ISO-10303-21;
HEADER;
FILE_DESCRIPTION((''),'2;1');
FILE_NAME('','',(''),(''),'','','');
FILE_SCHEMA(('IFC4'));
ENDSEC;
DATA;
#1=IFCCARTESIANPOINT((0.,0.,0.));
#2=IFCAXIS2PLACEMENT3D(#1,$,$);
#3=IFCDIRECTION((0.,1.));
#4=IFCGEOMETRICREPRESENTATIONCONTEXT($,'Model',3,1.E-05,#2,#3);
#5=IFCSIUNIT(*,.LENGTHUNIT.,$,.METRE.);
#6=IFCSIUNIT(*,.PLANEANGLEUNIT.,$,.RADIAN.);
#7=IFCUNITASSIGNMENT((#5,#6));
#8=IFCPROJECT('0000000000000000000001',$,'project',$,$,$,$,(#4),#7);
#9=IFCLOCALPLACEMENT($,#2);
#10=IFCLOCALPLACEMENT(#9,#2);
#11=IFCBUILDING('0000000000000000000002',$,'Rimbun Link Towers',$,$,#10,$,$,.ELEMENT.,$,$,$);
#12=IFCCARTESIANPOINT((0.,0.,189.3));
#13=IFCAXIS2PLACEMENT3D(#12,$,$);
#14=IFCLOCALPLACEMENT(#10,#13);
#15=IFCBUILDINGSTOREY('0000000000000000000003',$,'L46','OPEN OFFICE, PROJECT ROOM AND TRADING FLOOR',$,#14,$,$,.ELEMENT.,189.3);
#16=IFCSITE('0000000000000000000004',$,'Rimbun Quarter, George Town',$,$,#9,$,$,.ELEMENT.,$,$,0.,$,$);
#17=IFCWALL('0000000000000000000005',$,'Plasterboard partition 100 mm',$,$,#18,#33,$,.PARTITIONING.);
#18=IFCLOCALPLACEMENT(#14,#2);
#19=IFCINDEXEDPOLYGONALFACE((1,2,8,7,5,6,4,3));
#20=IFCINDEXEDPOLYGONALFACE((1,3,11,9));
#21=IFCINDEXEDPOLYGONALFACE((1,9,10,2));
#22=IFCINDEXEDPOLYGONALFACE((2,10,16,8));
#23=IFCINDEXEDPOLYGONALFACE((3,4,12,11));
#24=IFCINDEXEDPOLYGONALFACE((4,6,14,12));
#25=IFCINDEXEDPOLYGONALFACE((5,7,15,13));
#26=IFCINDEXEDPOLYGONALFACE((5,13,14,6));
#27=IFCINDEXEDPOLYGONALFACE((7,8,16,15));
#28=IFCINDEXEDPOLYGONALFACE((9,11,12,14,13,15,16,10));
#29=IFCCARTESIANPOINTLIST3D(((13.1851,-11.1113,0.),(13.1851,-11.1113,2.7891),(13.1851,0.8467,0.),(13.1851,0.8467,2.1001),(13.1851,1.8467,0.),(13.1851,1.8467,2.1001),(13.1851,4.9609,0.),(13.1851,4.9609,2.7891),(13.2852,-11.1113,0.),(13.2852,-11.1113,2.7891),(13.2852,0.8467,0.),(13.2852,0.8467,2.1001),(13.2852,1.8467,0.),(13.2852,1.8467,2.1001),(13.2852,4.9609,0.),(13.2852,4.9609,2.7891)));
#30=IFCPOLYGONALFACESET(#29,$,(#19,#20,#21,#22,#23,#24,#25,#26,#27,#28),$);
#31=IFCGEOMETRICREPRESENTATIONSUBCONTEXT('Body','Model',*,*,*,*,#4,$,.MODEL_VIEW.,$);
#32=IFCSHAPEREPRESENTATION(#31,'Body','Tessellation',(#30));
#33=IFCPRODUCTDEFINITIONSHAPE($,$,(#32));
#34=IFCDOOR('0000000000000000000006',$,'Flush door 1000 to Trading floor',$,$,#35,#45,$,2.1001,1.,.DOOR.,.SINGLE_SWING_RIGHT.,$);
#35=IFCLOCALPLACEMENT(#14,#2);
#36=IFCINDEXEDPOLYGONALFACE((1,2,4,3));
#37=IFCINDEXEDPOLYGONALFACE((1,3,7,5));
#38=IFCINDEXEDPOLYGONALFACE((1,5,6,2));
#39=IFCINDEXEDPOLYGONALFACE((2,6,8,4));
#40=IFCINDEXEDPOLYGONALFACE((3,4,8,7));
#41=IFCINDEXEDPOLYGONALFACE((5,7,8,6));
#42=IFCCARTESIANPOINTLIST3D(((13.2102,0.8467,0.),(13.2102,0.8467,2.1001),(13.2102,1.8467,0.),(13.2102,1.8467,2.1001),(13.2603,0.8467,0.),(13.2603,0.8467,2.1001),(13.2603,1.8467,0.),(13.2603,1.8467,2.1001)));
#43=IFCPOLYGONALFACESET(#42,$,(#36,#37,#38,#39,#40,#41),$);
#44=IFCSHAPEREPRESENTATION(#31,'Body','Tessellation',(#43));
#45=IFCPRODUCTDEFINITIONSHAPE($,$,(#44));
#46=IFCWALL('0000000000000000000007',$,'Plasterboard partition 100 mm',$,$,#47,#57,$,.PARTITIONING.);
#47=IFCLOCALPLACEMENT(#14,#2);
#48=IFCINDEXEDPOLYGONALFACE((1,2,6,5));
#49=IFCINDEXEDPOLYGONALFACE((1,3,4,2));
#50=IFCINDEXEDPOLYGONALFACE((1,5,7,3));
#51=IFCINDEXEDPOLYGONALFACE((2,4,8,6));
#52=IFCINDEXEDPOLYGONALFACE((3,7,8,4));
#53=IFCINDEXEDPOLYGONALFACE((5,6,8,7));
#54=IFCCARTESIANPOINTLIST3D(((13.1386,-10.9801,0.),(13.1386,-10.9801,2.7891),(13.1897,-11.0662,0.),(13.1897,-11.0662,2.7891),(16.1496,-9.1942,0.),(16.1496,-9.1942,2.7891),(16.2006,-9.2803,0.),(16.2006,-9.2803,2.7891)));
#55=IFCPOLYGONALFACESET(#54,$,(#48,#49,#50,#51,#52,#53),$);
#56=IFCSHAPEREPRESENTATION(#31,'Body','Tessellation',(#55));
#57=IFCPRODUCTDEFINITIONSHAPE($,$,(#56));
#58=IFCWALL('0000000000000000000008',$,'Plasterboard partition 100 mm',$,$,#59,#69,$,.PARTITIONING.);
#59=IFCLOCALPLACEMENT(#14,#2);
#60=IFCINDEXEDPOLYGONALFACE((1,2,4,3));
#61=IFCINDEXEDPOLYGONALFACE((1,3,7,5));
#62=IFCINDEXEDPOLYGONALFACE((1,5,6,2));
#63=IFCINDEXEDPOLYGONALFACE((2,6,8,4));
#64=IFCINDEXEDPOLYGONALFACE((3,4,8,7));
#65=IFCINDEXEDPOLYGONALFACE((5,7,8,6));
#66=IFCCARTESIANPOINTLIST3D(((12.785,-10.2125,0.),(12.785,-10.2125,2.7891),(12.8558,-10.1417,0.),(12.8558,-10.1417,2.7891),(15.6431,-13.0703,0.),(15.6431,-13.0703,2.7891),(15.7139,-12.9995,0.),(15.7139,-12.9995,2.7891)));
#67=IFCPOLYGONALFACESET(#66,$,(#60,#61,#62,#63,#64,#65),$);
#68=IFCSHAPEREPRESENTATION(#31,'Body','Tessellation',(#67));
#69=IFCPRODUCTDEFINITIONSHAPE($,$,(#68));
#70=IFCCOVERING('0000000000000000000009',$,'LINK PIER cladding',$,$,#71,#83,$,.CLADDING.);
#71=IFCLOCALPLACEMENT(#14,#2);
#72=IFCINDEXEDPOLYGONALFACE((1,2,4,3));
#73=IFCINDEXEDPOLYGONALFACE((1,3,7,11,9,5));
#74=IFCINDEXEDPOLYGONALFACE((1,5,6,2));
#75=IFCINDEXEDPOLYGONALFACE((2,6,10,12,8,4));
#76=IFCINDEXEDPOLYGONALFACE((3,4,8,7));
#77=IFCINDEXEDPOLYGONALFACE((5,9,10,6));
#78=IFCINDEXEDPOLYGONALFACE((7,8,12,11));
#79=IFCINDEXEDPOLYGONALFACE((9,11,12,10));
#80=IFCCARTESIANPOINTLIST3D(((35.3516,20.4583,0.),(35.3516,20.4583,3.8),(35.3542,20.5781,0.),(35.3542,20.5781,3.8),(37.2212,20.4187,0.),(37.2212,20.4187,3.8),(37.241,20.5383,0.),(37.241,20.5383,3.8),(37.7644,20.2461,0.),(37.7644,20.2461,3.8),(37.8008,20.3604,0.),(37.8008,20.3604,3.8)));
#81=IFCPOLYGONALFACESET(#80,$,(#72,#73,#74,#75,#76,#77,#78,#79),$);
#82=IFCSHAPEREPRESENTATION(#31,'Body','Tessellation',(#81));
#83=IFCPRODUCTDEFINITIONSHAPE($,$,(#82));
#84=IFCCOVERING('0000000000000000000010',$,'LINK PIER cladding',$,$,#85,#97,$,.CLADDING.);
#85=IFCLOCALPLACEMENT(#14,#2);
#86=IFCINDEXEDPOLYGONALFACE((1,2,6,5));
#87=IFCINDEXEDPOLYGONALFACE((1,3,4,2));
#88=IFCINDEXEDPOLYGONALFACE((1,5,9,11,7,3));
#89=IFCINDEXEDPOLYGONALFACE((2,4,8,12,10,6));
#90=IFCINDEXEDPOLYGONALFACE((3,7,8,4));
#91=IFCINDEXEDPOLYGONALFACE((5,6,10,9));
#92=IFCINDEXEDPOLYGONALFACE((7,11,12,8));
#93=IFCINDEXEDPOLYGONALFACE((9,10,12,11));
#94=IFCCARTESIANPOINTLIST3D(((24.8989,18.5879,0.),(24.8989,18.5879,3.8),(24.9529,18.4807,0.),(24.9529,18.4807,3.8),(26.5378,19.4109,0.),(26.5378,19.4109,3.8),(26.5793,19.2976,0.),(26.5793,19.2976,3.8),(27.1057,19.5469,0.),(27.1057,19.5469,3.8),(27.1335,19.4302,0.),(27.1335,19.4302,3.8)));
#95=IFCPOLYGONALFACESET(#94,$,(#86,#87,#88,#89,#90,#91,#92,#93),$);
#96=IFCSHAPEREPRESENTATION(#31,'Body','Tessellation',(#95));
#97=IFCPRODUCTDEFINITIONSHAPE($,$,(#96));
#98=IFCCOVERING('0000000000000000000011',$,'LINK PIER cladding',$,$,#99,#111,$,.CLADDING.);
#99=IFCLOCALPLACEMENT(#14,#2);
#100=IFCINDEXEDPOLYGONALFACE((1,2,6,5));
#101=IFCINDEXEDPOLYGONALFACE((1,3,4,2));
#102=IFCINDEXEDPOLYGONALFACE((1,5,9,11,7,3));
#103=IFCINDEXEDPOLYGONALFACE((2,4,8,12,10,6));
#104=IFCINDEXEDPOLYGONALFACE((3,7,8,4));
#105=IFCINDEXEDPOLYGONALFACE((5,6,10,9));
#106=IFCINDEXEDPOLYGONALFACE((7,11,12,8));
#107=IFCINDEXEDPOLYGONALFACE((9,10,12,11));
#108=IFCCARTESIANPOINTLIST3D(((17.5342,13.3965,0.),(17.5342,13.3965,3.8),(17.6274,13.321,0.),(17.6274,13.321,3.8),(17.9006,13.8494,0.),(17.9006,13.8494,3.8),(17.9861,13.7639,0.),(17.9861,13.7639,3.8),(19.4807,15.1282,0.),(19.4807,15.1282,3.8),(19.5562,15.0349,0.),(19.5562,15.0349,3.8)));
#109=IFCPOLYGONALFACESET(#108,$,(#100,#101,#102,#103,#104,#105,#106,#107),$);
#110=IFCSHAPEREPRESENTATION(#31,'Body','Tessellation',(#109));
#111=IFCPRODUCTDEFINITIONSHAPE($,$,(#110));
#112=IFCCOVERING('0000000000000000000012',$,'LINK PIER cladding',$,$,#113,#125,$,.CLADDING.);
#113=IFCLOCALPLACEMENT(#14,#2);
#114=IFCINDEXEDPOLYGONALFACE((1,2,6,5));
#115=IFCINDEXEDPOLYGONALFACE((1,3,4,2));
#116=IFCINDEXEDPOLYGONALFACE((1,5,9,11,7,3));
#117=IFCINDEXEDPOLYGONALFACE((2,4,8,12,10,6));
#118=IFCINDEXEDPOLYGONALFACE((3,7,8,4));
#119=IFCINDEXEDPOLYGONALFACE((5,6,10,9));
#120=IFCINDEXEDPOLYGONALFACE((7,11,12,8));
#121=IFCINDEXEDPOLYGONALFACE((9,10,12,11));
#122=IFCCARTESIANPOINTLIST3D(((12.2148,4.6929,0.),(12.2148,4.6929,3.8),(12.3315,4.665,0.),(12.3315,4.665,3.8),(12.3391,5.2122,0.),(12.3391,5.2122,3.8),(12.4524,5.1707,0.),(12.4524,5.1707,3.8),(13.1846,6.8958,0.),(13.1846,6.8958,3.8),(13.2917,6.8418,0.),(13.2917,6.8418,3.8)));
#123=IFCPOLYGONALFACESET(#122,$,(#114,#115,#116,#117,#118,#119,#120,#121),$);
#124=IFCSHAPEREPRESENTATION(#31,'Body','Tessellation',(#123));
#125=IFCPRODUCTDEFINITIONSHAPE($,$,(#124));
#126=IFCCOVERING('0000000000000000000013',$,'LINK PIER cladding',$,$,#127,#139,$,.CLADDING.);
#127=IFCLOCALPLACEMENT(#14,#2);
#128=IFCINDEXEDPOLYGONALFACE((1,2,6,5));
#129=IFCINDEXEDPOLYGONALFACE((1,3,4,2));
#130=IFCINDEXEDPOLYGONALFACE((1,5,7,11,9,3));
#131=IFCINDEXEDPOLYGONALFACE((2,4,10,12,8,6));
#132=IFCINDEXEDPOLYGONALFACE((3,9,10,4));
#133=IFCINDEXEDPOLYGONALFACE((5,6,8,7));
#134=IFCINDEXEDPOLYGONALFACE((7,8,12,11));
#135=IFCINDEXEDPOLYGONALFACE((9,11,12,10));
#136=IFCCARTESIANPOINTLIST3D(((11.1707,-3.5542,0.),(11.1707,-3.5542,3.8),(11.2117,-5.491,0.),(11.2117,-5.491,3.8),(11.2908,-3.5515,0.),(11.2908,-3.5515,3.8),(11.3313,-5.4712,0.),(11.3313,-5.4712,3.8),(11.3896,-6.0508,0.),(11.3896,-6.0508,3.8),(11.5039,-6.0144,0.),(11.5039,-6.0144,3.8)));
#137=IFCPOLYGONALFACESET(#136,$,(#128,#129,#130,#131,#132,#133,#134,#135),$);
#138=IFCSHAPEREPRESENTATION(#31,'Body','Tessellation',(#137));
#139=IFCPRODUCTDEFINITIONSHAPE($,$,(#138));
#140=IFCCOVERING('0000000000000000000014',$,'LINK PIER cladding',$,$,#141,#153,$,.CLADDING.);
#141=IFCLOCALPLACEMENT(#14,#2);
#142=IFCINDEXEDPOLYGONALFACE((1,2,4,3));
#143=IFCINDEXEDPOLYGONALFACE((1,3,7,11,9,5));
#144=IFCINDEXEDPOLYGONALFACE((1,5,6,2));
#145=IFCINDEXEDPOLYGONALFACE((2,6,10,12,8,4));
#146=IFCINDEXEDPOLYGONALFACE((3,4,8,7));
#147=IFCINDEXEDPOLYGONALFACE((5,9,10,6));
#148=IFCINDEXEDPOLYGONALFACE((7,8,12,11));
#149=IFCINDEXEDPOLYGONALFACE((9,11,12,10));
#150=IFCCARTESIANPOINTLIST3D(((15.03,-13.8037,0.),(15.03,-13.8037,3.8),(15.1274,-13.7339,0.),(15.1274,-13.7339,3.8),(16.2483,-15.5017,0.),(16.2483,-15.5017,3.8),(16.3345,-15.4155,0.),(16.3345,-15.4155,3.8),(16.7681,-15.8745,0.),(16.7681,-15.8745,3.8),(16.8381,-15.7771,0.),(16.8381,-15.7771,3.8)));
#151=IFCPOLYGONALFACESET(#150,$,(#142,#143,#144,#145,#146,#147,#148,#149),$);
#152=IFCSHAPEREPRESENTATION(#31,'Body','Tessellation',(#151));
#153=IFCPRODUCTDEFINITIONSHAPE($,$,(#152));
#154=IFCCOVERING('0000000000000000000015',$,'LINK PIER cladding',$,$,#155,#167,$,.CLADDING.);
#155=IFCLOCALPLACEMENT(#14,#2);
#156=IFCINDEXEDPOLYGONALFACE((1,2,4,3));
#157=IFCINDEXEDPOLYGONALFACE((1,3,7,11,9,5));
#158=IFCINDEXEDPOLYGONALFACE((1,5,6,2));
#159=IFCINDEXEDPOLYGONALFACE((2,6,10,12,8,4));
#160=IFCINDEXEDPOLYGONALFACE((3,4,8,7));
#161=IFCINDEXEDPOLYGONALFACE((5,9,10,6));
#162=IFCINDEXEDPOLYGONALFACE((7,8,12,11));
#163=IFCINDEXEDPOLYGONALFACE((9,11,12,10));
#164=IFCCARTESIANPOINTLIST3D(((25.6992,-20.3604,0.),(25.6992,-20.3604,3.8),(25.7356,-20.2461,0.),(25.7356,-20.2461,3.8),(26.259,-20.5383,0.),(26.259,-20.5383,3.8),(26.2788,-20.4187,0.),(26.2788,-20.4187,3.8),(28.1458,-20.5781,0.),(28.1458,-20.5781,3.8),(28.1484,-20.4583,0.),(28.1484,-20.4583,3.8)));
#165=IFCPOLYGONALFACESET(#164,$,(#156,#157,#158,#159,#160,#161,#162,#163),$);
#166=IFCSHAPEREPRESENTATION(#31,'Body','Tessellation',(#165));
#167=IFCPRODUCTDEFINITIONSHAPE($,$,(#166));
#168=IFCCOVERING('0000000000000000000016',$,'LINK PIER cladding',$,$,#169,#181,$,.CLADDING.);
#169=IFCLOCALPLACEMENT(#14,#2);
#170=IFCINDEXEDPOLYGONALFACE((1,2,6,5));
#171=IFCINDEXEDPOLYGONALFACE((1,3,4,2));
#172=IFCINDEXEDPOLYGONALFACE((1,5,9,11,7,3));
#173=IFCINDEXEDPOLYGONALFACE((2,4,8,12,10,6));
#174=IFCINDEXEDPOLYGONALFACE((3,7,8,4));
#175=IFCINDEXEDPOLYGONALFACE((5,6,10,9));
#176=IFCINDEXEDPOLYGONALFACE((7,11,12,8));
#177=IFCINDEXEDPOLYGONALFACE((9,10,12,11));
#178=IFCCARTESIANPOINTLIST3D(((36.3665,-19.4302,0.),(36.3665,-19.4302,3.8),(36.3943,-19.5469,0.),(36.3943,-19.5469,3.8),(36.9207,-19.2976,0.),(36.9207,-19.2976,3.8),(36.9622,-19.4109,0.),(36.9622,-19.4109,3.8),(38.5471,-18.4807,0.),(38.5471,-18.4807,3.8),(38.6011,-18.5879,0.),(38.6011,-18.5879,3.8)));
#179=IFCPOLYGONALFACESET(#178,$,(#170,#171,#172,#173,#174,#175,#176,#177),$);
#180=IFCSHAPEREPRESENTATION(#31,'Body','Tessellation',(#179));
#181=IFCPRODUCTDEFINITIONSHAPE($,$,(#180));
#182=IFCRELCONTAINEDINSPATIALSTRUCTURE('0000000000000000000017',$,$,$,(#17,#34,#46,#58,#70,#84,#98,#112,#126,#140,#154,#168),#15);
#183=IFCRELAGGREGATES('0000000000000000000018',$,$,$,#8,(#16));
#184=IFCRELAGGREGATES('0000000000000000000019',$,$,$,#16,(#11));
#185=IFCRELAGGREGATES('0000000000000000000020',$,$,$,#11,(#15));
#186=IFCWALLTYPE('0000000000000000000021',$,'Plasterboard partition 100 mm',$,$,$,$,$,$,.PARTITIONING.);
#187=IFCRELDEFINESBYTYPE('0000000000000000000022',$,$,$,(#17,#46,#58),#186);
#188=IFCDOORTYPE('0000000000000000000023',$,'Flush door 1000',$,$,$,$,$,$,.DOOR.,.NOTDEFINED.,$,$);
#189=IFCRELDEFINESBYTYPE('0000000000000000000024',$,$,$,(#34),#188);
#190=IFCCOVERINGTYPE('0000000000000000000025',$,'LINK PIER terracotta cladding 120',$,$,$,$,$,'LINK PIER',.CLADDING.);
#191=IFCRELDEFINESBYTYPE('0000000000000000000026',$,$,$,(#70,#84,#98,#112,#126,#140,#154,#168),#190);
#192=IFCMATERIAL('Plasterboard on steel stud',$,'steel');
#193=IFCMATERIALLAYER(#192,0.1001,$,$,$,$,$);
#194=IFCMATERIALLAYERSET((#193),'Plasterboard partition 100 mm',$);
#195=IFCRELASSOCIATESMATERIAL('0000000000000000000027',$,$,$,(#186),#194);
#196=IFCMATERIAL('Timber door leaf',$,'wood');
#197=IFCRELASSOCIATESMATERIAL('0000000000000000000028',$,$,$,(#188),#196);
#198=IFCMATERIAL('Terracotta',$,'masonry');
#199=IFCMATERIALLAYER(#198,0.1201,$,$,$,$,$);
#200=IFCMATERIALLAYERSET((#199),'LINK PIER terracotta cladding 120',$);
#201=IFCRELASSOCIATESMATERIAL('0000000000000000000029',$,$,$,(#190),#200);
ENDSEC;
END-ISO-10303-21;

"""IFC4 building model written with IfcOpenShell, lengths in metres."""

from ifc_helpers import new_model, si_unit, direction, frame, frame_2d, origin, place, context, subcontext, project, spatial, polyline, rectangle, outline, extrude, material, layer, layer_set, type_object, element, fill, save


model = new_model("IFC4")

# Units and contexts
model_context = context("Model", 3, precision=1e-05, world=origin(), true_north=direction((0.0, 1.0)))
body_context = subcontext(model_context, "Body", "Model", "MODEL_VIEW")
ifc_project = project(units=[si_unit("LENGTHUNIT", "METRE"), si_unit("PLANEANGLEUNIT", "RADIAN")], contexts=[model_context])

# Site, building, storey
site_placement = place(None, origin())
site = spatial("IfcSite", under=ifc_project, at=site_placement, Name="Rimbun Quarter, George Town", CompositionType="ELEMENT", RefElevation=0.0)
building_placement = place(site_placement, origin())
building = spatial("IfcBuilding", under=site, at=building_placement, Name="Rimbun Link Towers", CompositionType="ELEMENT")
storey_placement = place(building_placement, frame((0.0, 0.0, 189.3)))
storey = spatial("IfcBuildingStorey", under=building, at=storey_placement, Name="L46", Description="OPEN OFFICE, PROJECT ROOM AND TRADING FLOOR", CompositionType="ELEMENT", Elevation=189.3)

# Wall, opening, door
ifc_material_1 = material(Name="Plasterboard on steel stud", Category="steel")
ifc_layer_1 = layer(ifc_material_1, 0.1001)
ifc_layer_set_1 = layer_set([ifc_layer_1], Name="Plasterboard partition 100 mm")
wall_type = type_object("IfcWallType", Name="Plasterboard partition 100 mm", PredefinedType="PARTITIONING", material=ifc_layer_set_1)
wall_1_placement = place(storey_placement, frame((13.2351, -11.1113, 0.0), z_axis=(0.0, 0.0, 1.0), x_axis=(0.0, 1.0, 0.0)))
wall_1 = element("IfcWall", 1, at=wall_1_placement, inside=storey, type_object=wall_type, Name="Plasterboard partition 100 mm", PredefinedType="PARTITIONING", context=body_context, shape_type="SweptSolid", body=[
    extrude(rectangle(XDim=16.0723, YDim=0.1001, at=frame_2d((8.0361, 0.0))), origin(), (0.0, 0.0, 1.0), 2.7891),
])
opening_placement = place(wall_1_placement, frame((11.958, 0.0, 0.0)))
opening = element("IfcOpeningElement", 2, at=opening_placement, cuts=wall_1, PredefinedType="OPENING", context=body_context, shape_type="SweptSolid", body=[
    extrude(rectangle(XDim=1.0, YDim=2.1001, at=frame_2d((0.5, 1.05))), frame((0.0, 0.0601, 0.0), z_axis=(0.0, -1.0, 0.0), x_axis=(1.0, 0.0, 0.0)), (0.0, 0.0, 1.0), 0.1201),
])
ifc_material_2 = material(Name="Timber door leaf", Category="wood")
door_type = type_object("IfcDoorType", Name="Flush door 1000", OperationType="NOTDEFINED", PredefinedType="DOOR", material=ifc_material_2)
door_placement = place(opening_placement, origin())
door = element("IfcDoor", 3, at=door_placement, inside=storey, type_object=door_type, Name="Flush door 1000 to Trading floor", OperationType="SINGLE_SWING_RIGHT", OverallHeight=2.1001, OverallWidth=1.0, PredefinedType="DOOR", context=body_context, shape_type="SweptSolid", body=[
    extrude(rectangle(XDim=1.0, YDim=2.1001, at=frame_2d((0.5, 1.05))), frame((0.0, 0.0249, 0.0), z_axis=(0.0, -1.0, 0.0), x_axis=(1.0, 0.0, 0.0)), (0.0, 0.0, 1.0), 0.05),
])
fill(opening, door)

# Walls
wall_2_placement = place(storey_placement, frame((13.1641, -11.0232, 0.0), z_axis=(0.0, 0.0, 1.0), x_axis=(0.860091, 0.510141, 0.0)))
element("IfcWall", 4, at=wall_2_placement, inside=storey, type_object=wall_type, Name="Plasterboard partition 100 mm", PredefinedType="PARTITIONING", context=body_context, shape_type="SweptSolid", body=[
    extrude(rectangle(XDim=3.5007, YDim=0.1001, at=frame_2d((1.7505, 0.0))), origin(), (0.0, 0.0, 1.0), 2.7891),
])
wall_3_placement = place(storey_placement, frame((12.8203, -10.177, 0.0), z_axis=(0.0, 0.0, 1.0), x_axis=(0.707137, -0.707077, 0.0)))
element("IfcWall", 5, at=wall_3_placement, inside=storey, type_object=wall_type, Name="Plasterboard partition 100 mm", PredefinedType="PARTITIONING", context=body_context, shape_type="SweptSolid", body=[
    extrude(rectangle(XDim=4.0417, YDim=0.1001, at=frame_2d((2.021, 0.0))), origin(), (0.0, 0.0, 1.0), 2.7891),
])

# Coverings
ifc_material_3 = material(Name="Terracotta", Category="masonry")
ifc_layer_2 = layer(ifc_material_3, 0.1201)
ifc_layer_set_2 = layer_set([ifc_layer_2], Name="LINK PIER terracotta cladding 120")
covering_type_1 = type_object("IfcCoveringType", Name="LINK PIER terracotta cladding 120", ElementType="LINK PIER", PredefinedType="CLADDING", material=ifc_layer_set_2)
covering_1_placement = place(storey_placement, origin())
element("IfcCovering", 6, at=covering_1_placement, inside=storey, type_object=covering_type_1, Name="LINK PIER cladding", PredefinedType="CLADDING", context=body_context, shape_type="SweptSolid", body=[
    extrude(outline(polyline([(35.3516, 20.4583), (37.2212, 20.4187), (37.7644, 20.2461), (37.8008, 20.3604), (37.241, 20.5383), (35.3542, 20.5781), (35.3516, 20.4583)])), origin(), (0.0, 0.0, 1.0), 3.8),
])
covering_2_placement = place(storey_placement, origin())
element("IfcCovering", 7, at=covering_2_placement, inside=storey, type_object=covering_type_1, Name="LINK PIER cladding", PredefinedType="CLADDING", context=body_context, shape_type="SweptSolid", body=[
    extrude(outline(polyline([(24.9529, 18.4807), (26.5793, 19.2976), (27.1335, 19.4302), (27.1057, 19.5469), (26.5378, 19.4109), (24.8989, 18.5879), (24.9529, 18.4807)])), origin(), (0.0, 0.0, 1.0), 3.8),
])
covering_3_placement = place(storey_placement, origin())
element("IfcCovering", 8, at=covering_3_placement, inside=storey, type_object=covering_type_1, Name="LINK PIER cladding", PredefinedType="CLADDING", context=body_context, shape_type="SweptSolid", body=[
    extrude(outline(polyline([(17.6274, 13.321), (17.9861, 13.7639), (19.5562, 15.0349), (19.4807, 15.1282), (17.9006, 13.8494), (17.5342, 13.3965), (17.6274, 13.321)])), origin(), (0.0, 0.0, 1.0), 3.8),
])
covering_4_placement = place(storey_placement, origin())
element("IfcCovering", 9, at=covering_4_placement, inside=storey, type_object=covering_type_1, Name="LINK PIER cladding", PredefinedType="CLADDING", context=body_context, shape_type="SweptSolid", body=[
    extrude(outline(polyline([(12.3315, 4.665), (12.4524, 5.1707), (13.2917, 6.8418), (13.1846, 6.8958), (12.3391, 5.2122), (12.2148, 4.6929), (12.3315, 4.665)])), origin(), (0.0, 0.0, 1.0), 3.8),
])
covering_5_placement = place(storey_placement, origin())
element("IfcCovering", 10, at=covering_5_placement, inside=storey, type_object=covering_type_1, Name="LINK PIER cladding", PredefinedType="CLADDING", context=body_context, shape_type="SweptSolid", body=[
    extrude(outline(polyline([(11.5039, -6.0144), (11.3313, -5.4712), (11.2908, -3.5515), (11.1707, -3.5542), (11.2117, -5.491), (11.3896, -6.0508), (11.5039, -6.0144)])), origin(), (0.0, 0.0, 1.0), 3.8),
])
covering_6_placement = place(storey_placement, origin())
element("IfcCovering", 11, at=covering_6_placement, inside=storey, type_object=covering_type_1, Name="LINK PIER cladding", PredefinedType="CLADDING", context=body_context, shape_type="SweptSolid", body=[
    extrude(outline(polyline([(16.8381, -15.7771), (16.3345, -15.4155), (15.1274, -13.7339), (15.03, -13.8037), (16.2483, -15.5017), (16.7681, -15.8745), (16.8381, -15.7771)])), origin(), (0.0, 0.0, 1.0), 3.8),
])
covering_7_placement = place(storey_placement, origin())
element("IfcCovering", 12, at=covering_7_placement, inside=storey, type_object=covering_type_1, Name="LINK PIER cladding", PredefinedType="CLADDING", context=body_context, shape_type="SweptSolid", body=[
    extrude(outline(polyline([(28.1484, -20.4583), (26.2788, -20.4187), (25.7356, -20.2461), (25.6992, -20.3604), (26.259, -20.5383), (28.1458, -20.5781), (28.1484, -20.4583)])), origin(), (0.0, 0.0, 1.0), 3.8),
])
covering_8_placement = place(storey_placement, origin())
element("IfcCovering", 13, at=covering_8_placement, inside=storey, type_object=covering_type_1, Name="LINK PIER cladding", PredefinedType="CLADDING", context=body_context, shape_type="SweptSolid", body=[
    extrude(outline(polyline([(38.5471, -18.4807), (36.9207, -19.2976), (36.3665, -19.4302), (36.3943, -19.5469), (36.9622, -19.4109), (38.6011, -18.5879), (38.5471, -18.4807)])), origin(), (0.0, 0.0, 1.0), 3.8),
])

save(model, "model.ifc")
